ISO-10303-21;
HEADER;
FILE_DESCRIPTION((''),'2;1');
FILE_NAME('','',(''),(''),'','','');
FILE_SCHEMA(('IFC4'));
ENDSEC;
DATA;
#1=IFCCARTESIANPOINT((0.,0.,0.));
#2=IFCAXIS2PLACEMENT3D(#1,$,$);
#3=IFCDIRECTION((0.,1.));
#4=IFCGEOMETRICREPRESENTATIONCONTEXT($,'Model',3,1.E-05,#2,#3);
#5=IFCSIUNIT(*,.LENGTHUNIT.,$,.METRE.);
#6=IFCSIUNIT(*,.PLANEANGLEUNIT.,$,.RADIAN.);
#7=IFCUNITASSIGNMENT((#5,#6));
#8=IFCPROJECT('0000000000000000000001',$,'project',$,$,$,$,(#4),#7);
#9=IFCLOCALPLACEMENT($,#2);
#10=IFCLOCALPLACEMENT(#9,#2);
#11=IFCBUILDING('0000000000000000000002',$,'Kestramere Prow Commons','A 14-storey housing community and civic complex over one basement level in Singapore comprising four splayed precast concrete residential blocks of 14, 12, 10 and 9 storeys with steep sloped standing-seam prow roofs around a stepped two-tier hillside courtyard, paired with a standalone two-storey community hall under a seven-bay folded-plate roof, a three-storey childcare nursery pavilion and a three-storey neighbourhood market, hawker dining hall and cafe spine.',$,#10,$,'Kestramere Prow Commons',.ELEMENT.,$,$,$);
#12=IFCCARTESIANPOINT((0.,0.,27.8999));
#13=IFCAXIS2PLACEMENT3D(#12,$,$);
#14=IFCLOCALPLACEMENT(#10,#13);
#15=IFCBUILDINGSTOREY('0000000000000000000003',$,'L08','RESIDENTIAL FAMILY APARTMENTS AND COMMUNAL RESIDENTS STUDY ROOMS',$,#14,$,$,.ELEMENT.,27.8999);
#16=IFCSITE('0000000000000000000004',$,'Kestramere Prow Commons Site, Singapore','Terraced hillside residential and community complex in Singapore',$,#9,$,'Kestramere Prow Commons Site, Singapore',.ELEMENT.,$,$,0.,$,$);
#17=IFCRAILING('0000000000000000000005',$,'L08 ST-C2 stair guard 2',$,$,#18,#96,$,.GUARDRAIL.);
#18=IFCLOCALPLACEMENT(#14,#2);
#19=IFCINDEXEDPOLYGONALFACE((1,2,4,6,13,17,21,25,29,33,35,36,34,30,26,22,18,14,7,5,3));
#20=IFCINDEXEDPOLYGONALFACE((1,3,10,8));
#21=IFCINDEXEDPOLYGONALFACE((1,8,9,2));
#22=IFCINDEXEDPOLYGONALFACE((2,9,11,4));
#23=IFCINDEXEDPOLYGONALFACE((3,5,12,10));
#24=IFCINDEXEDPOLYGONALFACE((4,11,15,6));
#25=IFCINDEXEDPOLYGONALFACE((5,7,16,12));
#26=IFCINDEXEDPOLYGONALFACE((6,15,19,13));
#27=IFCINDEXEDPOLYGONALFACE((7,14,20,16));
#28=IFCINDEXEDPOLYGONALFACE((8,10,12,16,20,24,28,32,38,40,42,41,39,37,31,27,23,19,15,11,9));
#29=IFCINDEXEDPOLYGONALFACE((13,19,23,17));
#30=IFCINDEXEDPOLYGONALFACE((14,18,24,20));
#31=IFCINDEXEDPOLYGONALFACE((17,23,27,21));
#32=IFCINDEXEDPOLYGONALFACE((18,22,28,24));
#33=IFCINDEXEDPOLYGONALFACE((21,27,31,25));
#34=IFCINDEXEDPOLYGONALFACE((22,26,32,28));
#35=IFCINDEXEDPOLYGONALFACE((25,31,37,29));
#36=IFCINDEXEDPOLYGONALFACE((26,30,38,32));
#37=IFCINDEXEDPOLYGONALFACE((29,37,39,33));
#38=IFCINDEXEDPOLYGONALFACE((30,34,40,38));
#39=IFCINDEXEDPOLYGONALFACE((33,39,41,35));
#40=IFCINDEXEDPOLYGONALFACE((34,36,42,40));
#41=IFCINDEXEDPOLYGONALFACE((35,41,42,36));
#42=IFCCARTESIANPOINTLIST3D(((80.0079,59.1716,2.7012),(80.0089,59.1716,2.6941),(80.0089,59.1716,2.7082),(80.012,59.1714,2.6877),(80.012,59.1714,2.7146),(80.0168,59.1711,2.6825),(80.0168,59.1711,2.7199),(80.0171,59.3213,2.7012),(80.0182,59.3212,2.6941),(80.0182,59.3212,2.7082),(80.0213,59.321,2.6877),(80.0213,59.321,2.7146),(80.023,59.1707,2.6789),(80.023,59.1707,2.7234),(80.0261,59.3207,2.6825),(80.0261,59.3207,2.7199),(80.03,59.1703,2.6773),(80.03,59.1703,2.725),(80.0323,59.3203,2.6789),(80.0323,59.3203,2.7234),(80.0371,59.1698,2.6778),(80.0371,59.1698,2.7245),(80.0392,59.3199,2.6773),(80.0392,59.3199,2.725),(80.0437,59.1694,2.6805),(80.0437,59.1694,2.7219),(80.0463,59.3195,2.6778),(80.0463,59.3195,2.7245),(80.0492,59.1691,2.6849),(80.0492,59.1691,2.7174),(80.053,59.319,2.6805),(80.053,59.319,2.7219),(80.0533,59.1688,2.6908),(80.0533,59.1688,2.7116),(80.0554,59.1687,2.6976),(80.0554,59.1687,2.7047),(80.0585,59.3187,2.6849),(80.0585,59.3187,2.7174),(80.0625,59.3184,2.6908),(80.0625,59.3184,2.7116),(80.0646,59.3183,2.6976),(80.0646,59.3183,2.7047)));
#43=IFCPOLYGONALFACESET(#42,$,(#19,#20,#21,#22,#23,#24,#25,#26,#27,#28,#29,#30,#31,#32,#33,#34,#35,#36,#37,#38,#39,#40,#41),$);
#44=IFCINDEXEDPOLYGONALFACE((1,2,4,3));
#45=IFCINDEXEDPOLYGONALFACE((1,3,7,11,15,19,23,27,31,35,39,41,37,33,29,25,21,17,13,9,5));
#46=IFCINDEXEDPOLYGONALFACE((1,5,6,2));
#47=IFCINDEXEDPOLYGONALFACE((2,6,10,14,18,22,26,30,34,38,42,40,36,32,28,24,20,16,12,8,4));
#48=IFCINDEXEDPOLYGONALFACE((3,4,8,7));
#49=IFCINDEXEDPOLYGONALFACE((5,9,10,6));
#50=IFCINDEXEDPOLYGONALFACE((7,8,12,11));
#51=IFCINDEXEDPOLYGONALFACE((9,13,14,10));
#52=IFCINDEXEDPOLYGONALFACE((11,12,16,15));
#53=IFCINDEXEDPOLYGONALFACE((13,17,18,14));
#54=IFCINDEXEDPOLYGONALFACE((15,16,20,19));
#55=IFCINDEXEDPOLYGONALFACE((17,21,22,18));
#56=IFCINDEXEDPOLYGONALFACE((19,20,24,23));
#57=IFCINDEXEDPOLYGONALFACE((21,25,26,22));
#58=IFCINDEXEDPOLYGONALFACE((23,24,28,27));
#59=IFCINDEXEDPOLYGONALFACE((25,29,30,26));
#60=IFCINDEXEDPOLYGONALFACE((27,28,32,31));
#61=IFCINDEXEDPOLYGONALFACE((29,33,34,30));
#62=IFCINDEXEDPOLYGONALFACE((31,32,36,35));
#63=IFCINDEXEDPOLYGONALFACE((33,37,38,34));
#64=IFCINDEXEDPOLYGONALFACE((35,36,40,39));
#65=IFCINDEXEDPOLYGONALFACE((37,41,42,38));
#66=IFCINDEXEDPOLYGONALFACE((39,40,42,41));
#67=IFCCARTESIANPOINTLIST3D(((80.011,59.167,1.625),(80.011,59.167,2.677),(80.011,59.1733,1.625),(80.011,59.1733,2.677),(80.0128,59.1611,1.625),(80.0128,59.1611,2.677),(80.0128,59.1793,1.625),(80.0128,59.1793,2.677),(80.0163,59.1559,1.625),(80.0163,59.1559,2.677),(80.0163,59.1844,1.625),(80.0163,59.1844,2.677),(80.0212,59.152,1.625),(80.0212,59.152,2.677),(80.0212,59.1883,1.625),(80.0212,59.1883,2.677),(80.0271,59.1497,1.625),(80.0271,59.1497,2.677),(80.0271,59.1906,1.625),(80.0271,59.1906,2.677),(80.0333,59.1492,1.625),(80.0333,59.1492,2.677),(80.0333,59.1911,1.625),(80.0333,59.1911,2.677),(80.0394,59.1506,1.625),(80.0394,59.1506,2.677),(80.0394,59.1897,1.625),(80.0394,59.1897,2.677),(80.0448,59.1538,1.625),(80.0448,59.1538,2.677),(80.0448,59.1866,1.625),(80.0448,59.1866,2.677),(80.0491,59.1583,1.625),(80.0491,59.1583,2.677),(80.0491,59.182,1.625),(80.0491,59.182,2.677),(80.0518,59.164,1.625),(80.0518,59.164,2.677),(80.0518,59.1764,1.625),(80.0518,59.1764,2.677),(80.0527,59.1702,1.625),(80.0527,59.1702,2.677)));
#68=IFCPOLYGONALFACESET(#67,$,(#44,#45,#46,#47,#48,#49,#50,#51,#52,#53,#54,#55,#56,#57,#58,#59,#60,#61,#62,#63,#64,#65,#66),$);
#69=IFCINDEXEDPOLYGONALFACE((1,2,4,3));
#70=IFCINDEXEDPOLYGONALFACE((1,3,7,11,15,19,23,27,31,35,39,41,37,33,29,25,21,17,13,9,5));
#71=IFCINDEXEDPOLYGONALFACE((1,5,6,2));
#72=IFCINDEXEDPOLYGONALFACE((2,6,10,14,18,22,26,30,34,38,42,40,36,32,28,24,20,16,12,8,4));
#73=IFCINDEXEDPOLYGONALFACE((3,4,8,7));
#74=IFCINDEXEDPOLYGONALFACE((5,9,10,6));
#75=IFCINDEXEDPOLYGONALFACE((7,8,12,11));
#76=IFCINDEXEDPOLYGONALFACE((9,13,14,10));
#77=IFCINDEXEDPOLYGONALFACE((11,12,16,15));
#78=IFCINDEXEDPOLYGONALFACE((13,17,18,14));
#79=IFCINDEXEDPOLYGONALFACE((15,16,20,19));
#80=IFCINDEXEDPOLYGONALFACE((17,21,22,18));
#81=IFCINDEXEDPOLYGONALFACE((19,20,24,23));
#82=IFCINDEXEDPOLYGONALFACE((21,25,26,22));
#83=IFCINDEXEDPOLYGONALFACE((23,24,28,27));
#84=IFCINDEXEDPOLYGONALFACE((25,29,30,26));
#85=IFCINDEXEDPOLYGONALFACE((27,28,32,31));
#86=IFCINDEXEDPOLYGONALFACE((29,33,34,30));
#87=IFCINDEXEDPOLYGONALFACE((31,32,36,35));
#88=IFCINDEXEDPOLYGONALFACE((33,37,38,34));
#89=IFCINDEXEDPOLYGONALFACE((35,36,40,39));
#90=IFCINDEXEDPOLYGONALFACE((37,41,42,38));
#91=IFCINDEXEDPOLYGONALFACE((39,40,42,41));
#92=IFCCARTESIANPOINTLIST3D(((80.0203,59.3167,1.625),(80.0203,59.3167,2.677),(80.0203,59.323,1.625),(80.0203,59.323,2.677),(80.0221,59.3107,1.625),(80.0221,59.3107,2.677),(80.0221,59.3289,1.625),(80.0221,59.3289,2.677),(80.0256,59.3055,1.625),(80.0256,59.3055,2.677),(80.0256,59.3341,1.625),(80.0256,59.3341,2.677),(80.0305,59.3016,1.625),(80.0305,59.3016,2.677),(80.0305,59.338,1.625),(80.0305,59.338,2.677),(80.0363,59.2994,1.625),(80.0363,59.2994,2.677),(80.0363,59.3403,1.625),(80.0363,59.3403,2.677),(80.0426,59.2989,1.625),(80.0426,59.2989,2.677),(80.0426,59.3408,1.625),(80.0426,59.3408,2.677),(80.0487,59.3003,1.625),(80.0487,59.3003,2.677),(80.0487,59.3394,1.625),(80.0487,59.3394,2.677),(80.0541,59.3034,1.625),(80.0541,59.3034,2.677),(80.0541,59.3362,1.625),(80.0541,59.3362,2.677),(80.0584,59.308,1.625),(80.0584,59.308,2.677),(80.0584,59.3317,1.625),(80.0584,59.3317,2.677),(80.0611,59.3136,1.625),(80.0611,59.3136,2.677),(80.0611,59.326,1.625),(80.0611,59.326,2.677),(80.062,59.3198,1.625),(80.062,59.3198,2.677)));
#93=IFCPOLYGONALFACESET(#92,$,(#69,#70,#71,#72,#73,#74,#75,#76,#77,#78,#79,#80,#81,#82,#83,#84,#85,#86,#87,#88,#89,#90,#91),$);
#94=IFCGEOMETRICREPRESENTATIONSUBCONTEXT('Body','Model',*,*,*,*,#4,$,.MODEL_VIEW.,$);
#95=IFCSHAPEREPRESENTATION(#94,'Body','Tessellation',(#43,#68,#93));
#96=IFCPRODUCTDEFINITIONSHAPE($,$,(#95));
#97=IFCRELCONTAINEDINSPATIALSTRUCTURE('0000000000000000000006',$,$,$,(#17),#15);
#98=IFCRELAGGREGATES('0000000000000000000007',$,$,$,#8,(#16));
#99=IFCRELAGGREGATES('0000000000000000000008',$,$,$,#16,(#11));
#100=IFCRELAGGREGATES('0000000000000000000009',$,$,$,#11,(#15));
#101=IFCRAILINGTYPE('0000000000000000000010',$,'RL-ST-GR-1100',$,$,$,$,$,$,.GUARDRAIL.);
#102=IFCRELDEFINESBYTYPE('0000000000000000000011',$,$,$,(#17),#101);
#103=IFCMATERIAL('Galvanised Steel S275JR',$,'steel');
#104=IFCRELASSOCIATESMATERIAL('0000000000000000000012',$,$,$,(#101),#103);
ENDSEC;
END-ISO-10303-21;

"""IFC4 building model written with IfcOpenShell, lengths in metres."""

from ifc_helpers import new_model, si_unit, direction, frame, origin, origin_2d, place, context, subcontext, project, spatial, circle, extrude, material, type_object, element, save


model = new_model("IFC4")

# Units and contexts
model_context = context("Model", 3, precision=1e-05, world=origin(), true_north=direction((0.0, 1.0)))
body_context = subcontext(model_context, "Body", "Model", "MODEL_VIEW")
ifc_project = project(units=[si_unit("LENGTHUNIT", "METRE"), si_unit("PLANEANGLEUNIT", "RADIAN")], contexts=[model_context])

# Site, building, storey
site_placement = place(None, origin())
site = spatial("IfcSite", under=ifc_project, at=site_placement, Name="Kestramere Prow Commons Site, Singapore", Description="Terraced hillside residential and community complex in Singapore", LongName="Kestramere Prow Commons Site, Singapore", CompositionType="ELEMENT", RefElevation=0.0)
building_placement = place(site_placement, origin())
building = spatial("IfcBuilding", under=site, at=building_placement, Name="Kestramere Prow Commons", Description="A 14-storey housing community and civic complex over one basement level in Singapore comprising four splayed precast concrete residential blocks of 14, 12, 10 and 9 storeys with steep sloped standing-seam prow roofs around a stepped two-tier hillside courtyard, paired with a standalone two-storey community hall under a seven-bay folded-plate roof, a three-storey childcare nursery pavilion and a three-storey neighbourhood market, hawker dining hall and cafe spine.", LongName="Kestramere Prow Commons", CompositionType="ELEMENT")
storey_placement = place(building_placement, frame((0.0, 0.0, 27.8999)))
storey = spatial("IfcBuildingStorey", under=building, at=storey_placement, Name="L08", Description="RESIDENTIAL FAMILY APARTMENTS AND COMMUNAL RESIDENTS STUDY ROOMS", CompositionType="ELEMENT", Elevation=27.8999)

# Railing
ifc_material_1 = material(Name="Galvanised Steel S275JR", Category="steel")
railing_type_1 = type_object("IfcRailingType", Name="RL-ST-GR-1100", PredefinedType="GUARDRAIL", material=ifc_material_1)
railing_1_placement = place(storey_placement, frame((80.0317, 59.1702, 1.625)))
element("IfcRailing", 1, at=railing_1_placement, inside=storey, type_object=railing_type_1, Name="L08 ST-C2 stair guard 2", PredefinedType="GUARDRAIL", context=body_context, shape_type="SweptSolid", body=[
    extrude(circle(Radius=0.0239, at=origin_2d()), frame((0.0, 0.0, 1.0762), z_axis=(0.061871, 0.998084, 0.0), x_axis=(-0.998084, 0.061871, 0.0)), (0.0, 0.0, 1.0), 0.1499),
    extrude(circle(Radius=0.021, at=origin_2d()), origin(), (0.0, 0.0, 1.0), 1.052),
    extrude(circle(Radius=0.021, at=origin_2d()), frame((0.0093, 0.1497, 0.0)), (0.0, 0.0, 1.0), 1.052),
])

save(model, "model.ifc")
